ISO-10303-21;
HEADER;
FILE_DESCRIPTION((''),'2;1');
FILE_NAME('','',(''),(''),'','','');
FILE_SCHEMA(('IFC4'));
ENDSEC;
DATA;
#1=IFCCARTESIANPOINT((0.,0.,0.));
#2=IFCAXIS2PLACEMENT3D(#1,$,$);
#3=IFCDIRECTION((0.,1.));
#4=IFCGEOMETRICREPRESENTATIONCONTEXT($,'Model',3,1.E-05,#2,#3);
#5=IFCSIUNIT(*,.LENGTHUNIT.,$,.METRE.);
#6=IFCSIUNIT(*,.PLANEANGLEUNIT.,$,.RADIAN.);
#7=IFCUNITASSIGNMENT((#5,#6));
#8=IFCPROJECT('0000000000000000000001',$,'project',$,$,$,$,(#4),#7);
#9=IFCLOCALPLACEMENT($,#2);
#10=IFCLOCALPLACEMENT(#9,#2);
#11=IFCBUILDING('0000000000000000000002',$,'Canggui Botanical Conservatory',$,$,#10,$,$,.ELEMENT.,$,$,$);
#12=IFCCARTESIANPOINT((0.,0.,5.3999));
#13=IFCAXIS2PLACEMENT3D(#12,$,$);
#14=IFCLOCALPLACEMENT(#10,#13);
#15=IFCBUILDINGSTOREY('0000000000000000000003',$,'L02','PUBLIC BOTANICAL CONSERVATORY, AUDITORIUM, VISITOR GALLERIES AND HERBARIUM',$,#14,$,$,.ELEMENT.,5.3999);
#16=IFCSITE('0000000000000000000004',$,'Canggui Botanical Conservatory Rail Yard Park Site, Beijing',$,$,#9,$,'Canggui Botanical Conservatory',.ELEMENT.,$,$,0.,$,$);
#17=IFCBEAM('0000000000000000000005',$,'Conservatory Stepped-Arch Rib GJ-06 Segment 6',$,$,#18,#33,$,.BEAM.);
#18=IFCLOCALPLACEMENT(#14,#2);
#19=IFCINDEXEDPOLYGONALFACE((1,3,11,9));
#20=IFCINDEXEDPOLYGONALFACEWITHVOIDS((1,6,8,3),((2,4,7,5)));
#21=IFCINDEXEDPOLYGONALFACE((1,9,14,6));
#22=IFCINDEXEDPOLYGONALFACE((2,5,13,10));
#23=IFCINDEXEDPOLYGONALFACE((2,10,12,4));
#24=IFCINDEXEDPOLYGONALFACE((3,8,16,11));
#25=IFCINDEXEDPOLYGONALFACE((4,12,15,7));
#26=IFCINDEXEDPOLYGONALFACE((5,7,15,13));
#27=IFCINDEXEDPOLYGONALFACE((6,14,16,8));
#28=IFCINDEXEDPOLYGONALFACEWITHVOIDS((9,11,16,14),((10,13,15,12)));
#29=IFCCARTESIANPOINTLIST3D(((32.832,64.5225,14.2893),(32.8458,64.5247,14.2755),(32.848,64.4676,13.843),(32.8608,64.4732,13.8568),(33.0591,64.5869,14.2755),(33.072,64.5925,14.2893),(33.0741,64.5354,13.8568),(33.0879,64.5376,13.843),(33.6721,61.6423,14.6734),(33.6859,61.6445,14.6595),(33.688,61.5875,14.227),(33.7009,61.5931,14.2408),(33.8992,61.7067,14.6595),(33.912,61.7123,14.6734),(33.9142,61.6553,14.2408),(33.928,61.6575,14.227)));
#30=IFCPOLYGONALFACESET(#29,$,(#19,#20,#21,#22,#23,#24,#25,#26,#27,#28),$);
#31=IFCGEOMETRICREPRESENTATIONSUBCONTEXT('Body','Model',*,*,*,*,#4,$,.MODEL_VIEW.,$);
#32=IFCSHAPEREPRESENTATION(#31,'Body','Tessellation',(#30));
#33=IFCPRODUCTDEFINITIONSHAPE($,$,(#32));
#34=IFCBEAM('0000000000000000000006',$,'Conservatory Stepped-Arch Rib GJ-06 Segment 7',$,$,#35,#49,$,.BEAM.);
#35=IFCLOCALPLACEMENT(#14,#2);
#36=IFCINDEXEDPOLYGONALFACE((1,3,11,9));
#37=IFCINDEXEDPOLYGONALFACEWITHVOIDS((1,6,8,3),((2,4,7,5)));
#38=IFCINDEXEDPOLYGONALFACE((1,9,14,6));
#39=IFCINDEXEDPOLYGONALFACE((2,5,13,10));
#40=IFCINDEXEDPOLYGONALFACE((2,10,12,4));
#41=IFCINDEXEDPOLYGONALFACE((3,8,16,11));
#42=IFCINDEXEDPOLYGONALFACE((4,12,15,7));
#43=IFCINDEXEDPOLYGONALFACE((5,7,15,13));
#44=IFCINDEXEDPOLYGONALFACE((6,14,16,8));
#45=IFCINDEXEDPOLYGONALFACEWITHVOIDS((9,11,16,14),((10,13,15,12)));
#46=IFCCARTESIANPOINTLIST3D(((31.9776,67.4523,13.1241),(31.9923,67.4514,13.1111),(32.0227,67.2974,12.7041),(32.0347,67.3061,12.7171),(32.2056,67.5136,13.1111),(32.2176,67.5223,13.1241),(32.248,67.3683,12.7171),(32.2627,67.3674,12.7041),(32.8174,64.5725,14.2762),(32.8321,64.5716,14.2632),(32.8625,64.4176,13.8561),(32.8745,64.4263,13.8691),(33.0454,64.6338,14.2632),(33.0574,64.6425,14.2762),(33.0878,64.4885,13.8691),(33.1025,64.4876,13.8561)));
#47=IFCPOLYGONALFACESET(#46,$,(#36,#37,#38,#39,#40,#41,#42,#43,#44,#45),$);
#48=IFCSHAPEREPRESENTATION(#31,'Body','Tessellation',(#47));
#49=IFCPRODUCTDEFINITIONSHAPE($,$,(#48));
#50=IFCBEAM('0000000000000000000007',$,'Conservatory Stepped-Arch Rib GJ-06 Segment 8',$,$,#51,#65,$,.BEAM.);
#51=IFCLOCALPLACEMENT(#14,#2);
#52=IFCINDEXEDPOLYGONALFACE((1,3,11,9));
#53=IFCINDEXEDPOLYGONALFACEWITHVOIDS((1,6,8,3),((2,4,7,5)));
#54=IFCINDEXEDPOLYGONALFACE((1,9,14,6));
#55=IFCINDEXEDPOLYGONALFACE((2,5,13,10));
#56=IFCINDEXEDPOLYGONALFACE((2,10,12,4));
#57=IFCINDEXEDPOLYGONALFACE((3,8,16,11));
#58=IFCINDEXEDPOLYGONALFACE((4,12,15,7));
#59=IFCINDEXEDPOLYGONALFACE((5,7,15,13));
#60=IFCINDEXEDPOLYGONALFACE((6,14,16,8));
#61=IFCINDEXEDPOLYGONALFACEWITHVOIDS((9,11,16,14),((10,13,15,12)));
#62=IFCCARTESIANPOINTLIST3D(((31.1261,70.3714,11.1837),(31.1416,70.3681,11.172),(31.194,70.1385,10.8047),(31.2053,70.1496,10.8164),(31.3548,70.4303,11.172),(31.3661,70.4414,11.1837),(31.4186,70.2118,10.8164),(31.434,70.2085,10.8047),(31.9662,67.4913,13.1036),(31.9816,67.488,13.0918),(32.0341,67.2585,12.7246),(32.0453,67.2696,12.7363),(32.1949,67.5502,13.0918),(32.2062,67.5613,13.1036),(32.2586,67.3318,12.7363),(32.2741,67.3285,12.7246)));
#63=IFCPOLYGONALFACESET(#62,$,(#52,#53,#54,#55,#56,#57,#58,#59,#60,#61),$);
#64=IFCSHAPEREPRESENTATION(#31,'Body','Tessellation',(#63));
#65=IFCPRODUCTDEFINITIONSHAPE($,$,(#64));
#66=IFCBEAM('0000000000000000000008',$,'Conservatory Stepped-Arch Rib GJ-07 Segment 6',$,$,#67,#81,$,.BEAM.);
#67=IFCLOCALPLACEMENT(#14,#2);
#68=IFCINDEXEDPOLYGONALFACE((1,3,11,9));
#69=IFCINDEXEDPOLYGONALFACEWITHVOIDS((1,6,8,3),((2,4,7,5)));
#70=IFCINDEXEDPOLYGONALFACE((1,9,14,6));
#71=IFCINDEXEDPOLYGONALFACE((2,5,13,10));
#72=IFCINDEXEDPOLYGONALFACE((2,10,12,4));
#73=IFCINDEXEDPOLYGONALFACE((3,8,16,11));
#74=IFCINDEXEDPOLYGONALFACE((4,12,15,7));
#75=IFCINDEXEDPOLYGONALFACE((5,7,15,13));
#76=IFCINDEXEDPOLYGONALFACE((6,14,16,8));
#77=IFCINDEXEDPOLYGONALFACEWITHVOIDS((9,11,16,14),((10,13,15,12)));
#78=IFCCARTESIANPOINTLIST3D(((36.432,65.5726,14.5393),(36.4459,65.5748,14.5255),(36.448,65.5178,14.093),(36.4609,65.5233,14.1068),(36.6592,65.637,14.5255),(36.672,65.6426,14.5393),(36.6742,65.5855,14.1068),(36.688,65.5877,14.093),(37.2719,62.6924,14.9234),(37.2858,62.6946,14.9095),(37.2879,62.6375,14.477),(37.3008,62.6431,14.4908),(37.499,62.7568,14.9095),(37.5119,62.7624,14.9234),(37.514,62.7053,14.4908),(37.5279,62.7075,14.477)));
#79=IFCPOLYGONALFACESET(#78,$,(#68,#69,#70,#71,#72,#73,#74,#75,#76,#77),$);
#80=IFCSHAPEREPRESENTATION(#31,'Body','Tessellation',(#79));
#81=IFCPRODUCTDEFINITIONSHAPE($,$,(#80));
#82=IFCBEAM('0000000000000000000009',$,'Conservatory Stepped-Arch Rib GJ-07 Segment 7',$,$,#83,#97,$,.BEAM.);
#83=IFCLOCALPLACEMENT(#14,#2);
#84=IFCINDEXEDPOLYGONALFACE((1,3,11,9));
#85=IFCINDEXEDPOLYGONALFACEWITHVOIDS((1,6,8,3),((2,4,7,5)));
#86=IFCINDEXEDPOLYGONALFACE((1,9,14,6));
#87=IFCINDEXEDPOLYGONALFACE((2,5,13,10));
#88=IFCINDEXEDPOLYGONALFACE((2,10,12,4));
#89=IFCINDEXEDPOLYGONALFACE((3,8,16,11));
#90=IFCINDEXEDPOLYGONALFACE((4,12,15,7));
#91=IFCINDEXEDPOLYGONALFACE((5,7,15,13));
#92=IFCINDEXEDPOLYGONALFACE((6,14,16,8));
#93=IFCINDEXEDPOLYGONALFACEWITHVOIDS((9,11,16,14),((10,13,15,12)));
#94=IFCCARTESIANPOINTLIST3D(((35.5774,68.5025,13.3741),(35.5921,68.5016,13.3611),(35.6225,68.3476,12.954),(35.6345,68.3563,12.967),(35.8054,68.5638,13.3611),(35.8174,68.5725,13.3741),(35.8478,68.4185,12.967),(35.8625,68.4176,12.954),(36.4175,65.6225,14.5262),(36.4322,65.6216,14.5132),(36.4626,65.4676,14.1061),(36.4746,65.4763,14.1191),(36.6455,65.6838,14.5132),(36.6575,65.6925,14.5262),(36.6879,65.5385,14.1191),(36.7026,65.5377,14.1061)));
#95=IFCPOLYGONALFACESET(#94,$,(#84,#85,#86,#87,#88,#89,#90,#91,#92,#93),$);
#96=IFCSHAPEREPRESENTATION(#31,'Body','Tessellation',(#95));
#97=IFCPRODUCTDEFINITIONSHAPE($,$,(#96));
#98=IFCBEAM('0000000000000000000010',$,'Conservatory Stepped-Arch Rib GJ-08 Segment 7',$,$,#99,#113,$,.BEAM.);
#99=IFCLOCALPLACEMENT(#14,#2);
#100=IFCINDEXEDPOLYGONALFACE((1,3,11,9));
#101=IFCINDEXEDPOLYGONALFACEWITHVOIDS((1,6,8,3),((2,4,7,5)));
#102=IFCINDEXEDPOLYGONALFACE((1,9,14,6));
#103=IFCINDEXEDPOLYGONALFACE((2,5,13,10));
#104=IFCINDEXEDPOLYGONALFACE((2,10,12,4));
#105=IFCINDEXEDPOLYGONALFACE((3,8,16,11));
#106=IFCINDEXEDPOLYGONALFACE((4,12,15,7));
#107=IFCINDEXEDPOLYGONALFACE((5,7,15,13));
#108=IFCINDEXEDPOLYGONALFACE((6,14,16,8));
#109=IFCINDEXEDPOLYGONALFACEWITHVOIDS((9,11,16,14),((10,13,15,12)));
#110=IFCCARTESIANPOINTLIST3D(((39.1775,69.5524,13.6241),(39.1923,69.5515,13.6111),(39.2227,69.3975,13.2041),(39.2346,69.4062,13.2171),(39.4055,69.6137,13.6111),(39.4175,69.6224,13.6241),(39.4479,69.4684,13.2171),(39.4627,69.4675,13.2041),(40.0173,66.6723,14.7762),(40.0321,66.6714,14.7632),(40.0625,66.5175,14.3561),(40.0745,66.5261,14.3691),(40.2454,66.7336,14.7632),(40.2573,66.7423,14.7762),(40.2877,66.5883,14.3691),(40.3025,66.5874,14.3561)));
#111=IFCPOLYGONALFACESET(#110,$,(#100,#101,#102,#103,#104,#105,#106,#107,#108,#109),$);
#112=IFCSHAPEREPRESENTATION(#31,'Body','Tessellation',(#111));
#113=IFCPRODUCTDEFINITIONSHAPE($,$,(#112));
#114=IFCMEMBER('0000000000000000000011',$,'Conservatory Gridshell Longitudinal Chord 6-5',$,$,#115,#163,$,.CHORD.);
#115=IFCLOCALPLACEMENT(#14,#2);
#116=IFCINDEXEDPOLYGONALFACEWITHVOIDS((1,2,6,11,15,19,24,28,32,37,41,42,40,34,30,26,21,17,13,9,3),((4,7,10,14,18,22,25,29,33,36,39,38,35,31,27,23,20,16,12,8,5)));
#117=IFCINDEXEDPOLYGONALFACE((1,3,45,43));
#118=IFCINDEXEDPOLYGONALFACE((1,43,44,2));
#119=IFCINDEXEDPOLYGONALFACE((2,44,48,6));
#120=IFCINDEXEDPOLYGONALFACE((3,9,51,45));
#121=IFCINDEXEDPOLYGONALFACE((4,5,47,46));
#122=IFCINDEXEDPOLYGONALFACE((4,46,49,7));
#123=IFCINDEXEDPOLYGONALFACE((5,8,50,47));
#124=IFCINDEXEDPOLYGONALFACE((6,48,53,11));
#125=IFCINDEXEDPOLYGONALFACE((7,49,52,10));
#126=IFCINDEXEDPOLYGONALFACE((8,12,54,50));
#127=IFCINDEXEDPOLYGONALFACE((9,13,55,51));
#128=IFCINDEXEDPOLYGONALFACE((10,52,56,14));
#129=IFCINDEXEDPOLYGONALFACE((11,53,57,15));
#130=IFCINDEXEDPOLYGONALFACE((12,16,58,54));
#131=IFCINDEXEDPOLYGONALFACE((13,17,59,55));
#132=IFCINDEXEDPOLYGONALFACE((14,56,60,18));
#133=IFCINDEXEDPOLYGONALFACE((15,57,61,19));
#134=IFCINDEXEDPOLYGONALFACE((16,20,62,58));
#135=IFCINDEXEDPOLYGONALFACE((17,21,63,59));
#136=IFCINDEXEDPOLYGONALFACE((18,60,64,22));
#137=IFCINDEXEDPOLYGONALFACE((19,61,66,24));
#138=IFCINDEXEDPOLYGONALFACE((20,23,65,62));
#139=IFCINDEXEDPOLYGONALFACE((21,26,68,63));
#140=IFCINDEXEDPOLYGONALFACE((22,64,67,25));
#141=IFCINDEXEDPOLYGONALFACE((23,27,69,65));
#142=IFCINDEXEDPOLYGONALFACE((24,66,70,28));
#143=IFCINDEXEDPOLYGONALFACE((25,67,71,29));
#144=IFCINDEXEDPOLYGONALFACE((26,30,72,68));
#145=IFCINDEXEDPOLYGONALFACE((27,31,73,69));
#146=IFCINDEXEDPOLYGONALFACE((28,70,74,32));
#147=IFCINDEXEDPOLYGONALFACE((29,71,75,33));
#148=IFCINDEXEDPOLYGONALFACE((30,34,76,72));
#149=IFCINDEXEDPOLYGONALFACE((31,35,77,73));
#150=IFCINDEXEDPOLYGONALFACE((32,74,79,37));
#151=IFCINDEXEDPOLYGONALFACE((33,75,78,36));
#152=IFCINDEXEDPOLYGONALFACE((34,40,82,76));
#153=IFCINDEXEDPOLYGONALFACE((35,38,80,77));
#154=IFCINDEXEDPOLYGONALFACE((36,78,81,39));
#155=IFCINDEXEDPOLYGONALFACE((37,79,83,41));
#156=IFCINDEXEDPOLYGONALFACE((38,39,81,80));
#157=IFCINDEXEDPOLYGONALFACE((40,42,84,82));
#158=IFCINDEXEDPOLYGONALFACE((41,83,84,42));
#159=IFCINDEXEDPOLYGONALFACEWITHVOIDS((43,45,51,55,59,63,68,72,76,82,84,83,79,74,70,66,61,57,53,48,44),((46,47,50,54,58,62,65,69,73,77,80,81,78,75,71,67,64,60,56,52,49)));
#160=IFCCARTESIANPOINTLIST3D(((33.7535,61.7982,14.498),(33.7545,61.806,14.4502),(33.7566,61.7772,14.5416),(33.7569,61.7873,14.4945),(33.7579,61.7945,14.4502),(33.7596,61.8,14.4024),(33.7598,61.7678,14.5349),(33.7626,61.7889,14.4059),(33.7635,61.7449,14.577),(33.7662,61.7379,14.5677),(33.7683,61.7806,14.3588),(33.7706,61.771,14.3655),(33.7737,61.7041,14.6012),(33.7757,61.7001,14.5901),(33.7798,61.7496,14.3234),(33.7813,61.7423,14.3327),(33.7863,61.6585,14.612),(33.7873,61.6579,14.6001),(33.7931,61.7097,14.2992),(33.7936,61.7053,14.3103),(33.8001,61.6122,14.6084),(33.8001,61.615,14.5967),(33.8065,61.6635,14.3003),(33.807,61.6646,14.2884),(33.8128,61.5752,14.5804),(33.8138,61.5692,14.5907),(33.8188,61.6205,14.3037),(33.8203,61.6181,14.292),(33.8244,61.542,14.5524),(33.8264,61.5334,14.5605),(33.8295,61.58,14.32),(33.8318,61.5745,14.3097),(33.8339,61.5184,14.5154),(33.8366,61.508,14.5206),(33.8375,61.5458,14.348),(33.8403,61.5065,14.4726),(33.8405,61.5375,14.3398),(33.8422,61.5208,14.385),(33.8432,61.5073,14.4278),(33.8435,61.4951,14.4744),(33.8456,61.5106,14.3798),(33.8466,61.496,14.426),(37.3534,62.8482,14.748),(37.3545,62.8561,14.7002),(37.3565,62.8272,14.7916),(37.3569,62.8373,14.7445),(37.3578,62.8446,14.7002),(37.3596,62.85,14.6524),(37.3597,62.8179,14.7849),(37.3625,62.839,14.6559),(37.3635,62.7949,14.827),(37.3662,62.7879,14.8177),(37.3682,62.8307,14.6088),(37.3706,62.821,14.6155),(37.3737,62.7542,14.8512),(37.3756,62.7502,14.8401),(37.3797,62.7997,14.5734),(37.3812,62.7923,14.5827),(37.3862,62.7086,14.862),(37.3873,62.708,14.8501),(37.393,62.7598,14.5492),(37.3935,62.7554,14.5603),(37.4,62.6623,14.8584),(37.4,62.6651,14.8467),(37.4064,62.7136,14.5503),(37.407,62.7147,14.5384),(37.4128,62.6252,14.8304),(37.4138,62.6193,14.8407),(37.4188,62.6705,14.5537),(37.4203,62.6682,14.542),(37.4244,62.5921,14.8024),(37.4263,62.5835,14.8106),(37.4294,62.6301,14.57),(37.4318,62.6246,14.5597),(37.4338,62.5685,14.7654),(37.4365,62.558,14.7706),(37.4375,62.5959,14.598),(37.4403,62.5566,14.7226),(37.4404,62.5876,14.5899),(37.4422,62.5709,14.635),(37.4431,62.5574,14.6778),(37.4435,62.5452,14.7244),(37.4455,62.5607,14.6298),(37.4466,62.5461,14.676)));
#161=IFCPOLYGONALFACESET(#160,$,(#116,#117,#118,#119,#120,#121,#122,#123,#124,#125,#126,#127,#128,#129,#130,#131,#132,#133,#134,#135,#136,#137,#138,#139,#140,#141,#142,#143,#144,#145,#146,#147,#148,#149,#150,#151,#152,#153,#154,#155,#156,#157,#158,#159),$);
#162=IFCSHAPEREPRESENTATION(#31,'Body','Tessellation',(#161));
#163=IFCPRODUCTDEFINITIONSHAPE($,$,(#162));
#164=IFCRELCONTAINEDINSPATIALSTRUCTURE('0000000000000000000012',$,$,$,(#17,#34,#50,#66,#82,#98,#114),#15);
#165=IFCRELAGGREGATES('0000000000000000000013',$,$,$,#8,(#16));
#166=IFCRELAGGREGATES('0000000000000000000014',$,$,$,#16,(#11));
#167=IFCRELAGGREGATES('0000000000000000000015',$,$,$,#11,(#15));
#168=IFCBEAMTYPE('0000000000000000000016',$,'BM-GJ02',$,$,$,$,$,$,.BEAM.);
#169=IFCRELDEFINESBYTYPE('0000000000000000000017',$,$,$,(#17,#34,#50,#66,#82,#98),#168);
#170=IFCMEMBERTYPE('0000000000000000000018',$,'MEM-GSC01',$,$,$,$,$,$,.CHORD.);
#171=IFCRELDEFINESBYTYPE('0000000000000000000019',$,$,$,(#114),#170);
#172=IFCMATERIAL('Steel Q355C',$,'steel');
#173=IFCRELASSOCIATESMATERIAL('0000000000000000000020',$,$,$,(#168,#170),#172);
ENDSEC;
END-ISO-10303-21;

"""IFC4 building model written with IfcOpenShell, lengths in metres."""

from ifc_helpers import new_model, si_unit, direction, frame, origin, origin_2d, place, context, subcontext, project, spatial, hollow_rectangle, hollow_circle, extrude, material, material_profile, profile_set, type_object, element, save


model = new_model("IFC4")

# Units and contexts
model_context = context("Model", 3, precision=1e-05, world=origin(), true_north=direction((0.0, 1.0)))
body_context = subcontext(model_context, "Body", "Model", "MODEL_VIEW")
ifc_project = project(units=[si_unit("LENGTHUNIT", "METRE"), si_unit("PLANEANGLEUNIT", "RADIAN")], contexts=[model_context])

# Site, building, storey
site_placement = place(None, origin())
site = spatial("IfcSite", under=ifc_project, at=site_placement, Name="Canggui Botanical Conservatory Rail Yard Park Site, Beijing", LongName="Canggui Botanical Conservatory", CompositionType="ELEMENT", RefElevation=0.0)
building_placement = place(site_placement, origin())
building = spatial("IfcBuilding", under=site, at=building_placement, Name="Canggui Botanical Conservatory", CompositionType="ELEMENT")
storey_placement = place(building_placement, frame((0.0, 0.0, 5.3999)))
storey = spatial("IfcBuildingStorey", under=building, at=storey_placement, Name="L02", Description="PUBLIC BOTANICAL CONSERVATORY, AUDITORIUM, VISITOR GALLERIES AND HERBARIUM", CompositionType="ELEMENT", Elevation=5.3999)

# Beams
ifc_material_1 = material(Name="Steel Q355C", Category="steel")
ifc_material_profile_1 = material_profile(ifc_material_1, hollow_rectangle(XDim=0.25, YDim=0.45, WallThickness=0.0139, at=origin_2d()), Name="RHS 250x450x14")
ifc_profile_set_1 = profile_set([ifc_material_profile_1], Name="Steel Q355C")
beam_type = type_object("IfcBeamType", Name="BM-GJ02", PredefinedType="BEAM", material=ifc_profile_set_1)
beam_1_placement = place(storey_placement, frame((33.8, 61.6499, 14.4502), z_axis=(-0.277749, 0.952226, -0.126969), x_axis=(-0.959995, -0.280016, 0.0)))
element("IfcBeam", 1, at=beam_1_placement, inside=storey, type_object=beam_type, Name="Conservatory Stepped-Arch Rib GJ-06 Segment 6", PredefinedType="BEAM", context=body_context, shape_type="SweptSolid", body=[
    extrude(hollow_rectangle(XDim=0.25, YDim=0.45, WallThickness=0.0139, at=origin_2d()), origin(), (0.0, 0.0, 1.0), 3.0247),
])
beam_2_placement = place(storey_placement, frame((32.96, 64.53, 14.0662), z_axis=(-0.261351, 0.896191, -0.358522), x_axis=(-0.960011, -0.279962, 0.0)))
element("IfcBeam", 2, at=beam_2_placement, inside=storey, type_object=beam_type, Name="Conservatory Stepped-Arch Rib GJ-06 Segment 7", PredefinedType="BEAM", context=body_context, shape_type="SweptSolid", body=[
    extrude(hollow_rectangle(XDim=0.25, YDim=0.45, WallThickness=0.0139, at=origin_2d()), origin(), (0.0, 0.0, 1.0), 3.2134),
])
beam_3_placement = place(storey_placement, frame((32.1201, 67.4099, 12.9141), z_axis=(-0.235855, 0.808598, -0.539019), x_axis=(-0.959995, -0.280016, 0.0)))
element("IfcBeam", 3, at=beam_3_placement, inside=storey, type_object=beam_type, Name="Conservatory Stepped-Arch Rib GJ-06 Segment 8", PredefinedType="BEAM", context=body_context, shape_type="SweptSolid", body=[
    extrude(hollow_rectangle(XDim=0.25, YDim=0.45, WallThickness=0.0139, at=origin_2d()), origin(), (0.0, 0.0, 1.0), 3.5618),
])
beam_4_placement = place(storey_placement, frame((37.3999, 62.7, 14.7002), z_axis=(-0.277675, 0.952247, -0.126972), x_axis=(-0.960017, -0.279941, 0.0)))
element("IfcBeam", 4, at=beam_4_placement, inside=storey, type_object=beam_type, Name="Conservatory Stepped-Arch Rib GJ-07 Segment 6", PredefinedType="BEAM", context=body_context, shape_type="SweptSolid", body=[
    extrude(hollow_rectangle(XDim=0.25, YDim=0.45, WallThickness=0.0139, at=origin_2d()), origin(), (0.0, 0.0, 1.0), 3.0247),
])
for number, where, z_axis, x_axis, name in (
    (5, (36.5601, 65.5801, 14.3162), (-0.261422, 0.896173, -0.358515), (-0.959989, -0.280038, 0.0), "Conservatory Stepped-Arch Rib GJ-07 Segment 7"),
    (6, (40.1599, 66.6299, 14.5662), (-0.261333, 0.896206, -0.358497), (-0.960017, -0.279941, 0.0), "Conservatory Stepped-Arch Rib GJ-08 Segment 7"),
):
    element("IfcBeam", number, at=place(storey_placement, frame(where, z_axis=z_axis, x_axis=x_axis)), inside=storey, type_object=beam_type, Name=name, PredefinedType="BEAM", context=body_context, shape_type="SweptSolid", body=[
        extrude(hollow_rectangle(XDim=0.25, YDim=0.45, WallThickness=0.0139, at=origin_2d()), origin(), (0.0, 0.0, 1.0), 3.2136),
    ])

# Member
ifc_material_profile_2 = material_profile(ifc_material_1, hollow_circle(Radius=0.1626, WallThickness=0.012, at=origin_2d()), Name="CHS 325x12")
ifc_profile_set_2 = profile_set([ifc_material_profile_2], Name="Steel Q355C")
member_type_1 = type_object("IfcMemberType", Name="MEM-GSC01", PredefinedType="CHORD", material=ifc_profile_set_2)
member_1_placement = place(storey_placement, frame((33.8, 61.6499, 14.4502), z_axis=(0.957867, 0.279402, 0.066521), x_axis=(-0.280023, 0.959993, 0.0)))
element("IfcMember", 7, at=member_1_placement, inside=storey, type_object=member_type_1, Name="Conservatory Gridshell Longitudinal Chord 6-5", PredefinedType="CHORD", context=body_context, shape_type="SweptSolid", body=[
    extrude(hollow_circle(Radius=0.1626, WallThickness=0.012, at=origin_2d()), origin(), (0.0, 0.0, 1.0), 3.7583),
])

save(model, "model.ifc")
